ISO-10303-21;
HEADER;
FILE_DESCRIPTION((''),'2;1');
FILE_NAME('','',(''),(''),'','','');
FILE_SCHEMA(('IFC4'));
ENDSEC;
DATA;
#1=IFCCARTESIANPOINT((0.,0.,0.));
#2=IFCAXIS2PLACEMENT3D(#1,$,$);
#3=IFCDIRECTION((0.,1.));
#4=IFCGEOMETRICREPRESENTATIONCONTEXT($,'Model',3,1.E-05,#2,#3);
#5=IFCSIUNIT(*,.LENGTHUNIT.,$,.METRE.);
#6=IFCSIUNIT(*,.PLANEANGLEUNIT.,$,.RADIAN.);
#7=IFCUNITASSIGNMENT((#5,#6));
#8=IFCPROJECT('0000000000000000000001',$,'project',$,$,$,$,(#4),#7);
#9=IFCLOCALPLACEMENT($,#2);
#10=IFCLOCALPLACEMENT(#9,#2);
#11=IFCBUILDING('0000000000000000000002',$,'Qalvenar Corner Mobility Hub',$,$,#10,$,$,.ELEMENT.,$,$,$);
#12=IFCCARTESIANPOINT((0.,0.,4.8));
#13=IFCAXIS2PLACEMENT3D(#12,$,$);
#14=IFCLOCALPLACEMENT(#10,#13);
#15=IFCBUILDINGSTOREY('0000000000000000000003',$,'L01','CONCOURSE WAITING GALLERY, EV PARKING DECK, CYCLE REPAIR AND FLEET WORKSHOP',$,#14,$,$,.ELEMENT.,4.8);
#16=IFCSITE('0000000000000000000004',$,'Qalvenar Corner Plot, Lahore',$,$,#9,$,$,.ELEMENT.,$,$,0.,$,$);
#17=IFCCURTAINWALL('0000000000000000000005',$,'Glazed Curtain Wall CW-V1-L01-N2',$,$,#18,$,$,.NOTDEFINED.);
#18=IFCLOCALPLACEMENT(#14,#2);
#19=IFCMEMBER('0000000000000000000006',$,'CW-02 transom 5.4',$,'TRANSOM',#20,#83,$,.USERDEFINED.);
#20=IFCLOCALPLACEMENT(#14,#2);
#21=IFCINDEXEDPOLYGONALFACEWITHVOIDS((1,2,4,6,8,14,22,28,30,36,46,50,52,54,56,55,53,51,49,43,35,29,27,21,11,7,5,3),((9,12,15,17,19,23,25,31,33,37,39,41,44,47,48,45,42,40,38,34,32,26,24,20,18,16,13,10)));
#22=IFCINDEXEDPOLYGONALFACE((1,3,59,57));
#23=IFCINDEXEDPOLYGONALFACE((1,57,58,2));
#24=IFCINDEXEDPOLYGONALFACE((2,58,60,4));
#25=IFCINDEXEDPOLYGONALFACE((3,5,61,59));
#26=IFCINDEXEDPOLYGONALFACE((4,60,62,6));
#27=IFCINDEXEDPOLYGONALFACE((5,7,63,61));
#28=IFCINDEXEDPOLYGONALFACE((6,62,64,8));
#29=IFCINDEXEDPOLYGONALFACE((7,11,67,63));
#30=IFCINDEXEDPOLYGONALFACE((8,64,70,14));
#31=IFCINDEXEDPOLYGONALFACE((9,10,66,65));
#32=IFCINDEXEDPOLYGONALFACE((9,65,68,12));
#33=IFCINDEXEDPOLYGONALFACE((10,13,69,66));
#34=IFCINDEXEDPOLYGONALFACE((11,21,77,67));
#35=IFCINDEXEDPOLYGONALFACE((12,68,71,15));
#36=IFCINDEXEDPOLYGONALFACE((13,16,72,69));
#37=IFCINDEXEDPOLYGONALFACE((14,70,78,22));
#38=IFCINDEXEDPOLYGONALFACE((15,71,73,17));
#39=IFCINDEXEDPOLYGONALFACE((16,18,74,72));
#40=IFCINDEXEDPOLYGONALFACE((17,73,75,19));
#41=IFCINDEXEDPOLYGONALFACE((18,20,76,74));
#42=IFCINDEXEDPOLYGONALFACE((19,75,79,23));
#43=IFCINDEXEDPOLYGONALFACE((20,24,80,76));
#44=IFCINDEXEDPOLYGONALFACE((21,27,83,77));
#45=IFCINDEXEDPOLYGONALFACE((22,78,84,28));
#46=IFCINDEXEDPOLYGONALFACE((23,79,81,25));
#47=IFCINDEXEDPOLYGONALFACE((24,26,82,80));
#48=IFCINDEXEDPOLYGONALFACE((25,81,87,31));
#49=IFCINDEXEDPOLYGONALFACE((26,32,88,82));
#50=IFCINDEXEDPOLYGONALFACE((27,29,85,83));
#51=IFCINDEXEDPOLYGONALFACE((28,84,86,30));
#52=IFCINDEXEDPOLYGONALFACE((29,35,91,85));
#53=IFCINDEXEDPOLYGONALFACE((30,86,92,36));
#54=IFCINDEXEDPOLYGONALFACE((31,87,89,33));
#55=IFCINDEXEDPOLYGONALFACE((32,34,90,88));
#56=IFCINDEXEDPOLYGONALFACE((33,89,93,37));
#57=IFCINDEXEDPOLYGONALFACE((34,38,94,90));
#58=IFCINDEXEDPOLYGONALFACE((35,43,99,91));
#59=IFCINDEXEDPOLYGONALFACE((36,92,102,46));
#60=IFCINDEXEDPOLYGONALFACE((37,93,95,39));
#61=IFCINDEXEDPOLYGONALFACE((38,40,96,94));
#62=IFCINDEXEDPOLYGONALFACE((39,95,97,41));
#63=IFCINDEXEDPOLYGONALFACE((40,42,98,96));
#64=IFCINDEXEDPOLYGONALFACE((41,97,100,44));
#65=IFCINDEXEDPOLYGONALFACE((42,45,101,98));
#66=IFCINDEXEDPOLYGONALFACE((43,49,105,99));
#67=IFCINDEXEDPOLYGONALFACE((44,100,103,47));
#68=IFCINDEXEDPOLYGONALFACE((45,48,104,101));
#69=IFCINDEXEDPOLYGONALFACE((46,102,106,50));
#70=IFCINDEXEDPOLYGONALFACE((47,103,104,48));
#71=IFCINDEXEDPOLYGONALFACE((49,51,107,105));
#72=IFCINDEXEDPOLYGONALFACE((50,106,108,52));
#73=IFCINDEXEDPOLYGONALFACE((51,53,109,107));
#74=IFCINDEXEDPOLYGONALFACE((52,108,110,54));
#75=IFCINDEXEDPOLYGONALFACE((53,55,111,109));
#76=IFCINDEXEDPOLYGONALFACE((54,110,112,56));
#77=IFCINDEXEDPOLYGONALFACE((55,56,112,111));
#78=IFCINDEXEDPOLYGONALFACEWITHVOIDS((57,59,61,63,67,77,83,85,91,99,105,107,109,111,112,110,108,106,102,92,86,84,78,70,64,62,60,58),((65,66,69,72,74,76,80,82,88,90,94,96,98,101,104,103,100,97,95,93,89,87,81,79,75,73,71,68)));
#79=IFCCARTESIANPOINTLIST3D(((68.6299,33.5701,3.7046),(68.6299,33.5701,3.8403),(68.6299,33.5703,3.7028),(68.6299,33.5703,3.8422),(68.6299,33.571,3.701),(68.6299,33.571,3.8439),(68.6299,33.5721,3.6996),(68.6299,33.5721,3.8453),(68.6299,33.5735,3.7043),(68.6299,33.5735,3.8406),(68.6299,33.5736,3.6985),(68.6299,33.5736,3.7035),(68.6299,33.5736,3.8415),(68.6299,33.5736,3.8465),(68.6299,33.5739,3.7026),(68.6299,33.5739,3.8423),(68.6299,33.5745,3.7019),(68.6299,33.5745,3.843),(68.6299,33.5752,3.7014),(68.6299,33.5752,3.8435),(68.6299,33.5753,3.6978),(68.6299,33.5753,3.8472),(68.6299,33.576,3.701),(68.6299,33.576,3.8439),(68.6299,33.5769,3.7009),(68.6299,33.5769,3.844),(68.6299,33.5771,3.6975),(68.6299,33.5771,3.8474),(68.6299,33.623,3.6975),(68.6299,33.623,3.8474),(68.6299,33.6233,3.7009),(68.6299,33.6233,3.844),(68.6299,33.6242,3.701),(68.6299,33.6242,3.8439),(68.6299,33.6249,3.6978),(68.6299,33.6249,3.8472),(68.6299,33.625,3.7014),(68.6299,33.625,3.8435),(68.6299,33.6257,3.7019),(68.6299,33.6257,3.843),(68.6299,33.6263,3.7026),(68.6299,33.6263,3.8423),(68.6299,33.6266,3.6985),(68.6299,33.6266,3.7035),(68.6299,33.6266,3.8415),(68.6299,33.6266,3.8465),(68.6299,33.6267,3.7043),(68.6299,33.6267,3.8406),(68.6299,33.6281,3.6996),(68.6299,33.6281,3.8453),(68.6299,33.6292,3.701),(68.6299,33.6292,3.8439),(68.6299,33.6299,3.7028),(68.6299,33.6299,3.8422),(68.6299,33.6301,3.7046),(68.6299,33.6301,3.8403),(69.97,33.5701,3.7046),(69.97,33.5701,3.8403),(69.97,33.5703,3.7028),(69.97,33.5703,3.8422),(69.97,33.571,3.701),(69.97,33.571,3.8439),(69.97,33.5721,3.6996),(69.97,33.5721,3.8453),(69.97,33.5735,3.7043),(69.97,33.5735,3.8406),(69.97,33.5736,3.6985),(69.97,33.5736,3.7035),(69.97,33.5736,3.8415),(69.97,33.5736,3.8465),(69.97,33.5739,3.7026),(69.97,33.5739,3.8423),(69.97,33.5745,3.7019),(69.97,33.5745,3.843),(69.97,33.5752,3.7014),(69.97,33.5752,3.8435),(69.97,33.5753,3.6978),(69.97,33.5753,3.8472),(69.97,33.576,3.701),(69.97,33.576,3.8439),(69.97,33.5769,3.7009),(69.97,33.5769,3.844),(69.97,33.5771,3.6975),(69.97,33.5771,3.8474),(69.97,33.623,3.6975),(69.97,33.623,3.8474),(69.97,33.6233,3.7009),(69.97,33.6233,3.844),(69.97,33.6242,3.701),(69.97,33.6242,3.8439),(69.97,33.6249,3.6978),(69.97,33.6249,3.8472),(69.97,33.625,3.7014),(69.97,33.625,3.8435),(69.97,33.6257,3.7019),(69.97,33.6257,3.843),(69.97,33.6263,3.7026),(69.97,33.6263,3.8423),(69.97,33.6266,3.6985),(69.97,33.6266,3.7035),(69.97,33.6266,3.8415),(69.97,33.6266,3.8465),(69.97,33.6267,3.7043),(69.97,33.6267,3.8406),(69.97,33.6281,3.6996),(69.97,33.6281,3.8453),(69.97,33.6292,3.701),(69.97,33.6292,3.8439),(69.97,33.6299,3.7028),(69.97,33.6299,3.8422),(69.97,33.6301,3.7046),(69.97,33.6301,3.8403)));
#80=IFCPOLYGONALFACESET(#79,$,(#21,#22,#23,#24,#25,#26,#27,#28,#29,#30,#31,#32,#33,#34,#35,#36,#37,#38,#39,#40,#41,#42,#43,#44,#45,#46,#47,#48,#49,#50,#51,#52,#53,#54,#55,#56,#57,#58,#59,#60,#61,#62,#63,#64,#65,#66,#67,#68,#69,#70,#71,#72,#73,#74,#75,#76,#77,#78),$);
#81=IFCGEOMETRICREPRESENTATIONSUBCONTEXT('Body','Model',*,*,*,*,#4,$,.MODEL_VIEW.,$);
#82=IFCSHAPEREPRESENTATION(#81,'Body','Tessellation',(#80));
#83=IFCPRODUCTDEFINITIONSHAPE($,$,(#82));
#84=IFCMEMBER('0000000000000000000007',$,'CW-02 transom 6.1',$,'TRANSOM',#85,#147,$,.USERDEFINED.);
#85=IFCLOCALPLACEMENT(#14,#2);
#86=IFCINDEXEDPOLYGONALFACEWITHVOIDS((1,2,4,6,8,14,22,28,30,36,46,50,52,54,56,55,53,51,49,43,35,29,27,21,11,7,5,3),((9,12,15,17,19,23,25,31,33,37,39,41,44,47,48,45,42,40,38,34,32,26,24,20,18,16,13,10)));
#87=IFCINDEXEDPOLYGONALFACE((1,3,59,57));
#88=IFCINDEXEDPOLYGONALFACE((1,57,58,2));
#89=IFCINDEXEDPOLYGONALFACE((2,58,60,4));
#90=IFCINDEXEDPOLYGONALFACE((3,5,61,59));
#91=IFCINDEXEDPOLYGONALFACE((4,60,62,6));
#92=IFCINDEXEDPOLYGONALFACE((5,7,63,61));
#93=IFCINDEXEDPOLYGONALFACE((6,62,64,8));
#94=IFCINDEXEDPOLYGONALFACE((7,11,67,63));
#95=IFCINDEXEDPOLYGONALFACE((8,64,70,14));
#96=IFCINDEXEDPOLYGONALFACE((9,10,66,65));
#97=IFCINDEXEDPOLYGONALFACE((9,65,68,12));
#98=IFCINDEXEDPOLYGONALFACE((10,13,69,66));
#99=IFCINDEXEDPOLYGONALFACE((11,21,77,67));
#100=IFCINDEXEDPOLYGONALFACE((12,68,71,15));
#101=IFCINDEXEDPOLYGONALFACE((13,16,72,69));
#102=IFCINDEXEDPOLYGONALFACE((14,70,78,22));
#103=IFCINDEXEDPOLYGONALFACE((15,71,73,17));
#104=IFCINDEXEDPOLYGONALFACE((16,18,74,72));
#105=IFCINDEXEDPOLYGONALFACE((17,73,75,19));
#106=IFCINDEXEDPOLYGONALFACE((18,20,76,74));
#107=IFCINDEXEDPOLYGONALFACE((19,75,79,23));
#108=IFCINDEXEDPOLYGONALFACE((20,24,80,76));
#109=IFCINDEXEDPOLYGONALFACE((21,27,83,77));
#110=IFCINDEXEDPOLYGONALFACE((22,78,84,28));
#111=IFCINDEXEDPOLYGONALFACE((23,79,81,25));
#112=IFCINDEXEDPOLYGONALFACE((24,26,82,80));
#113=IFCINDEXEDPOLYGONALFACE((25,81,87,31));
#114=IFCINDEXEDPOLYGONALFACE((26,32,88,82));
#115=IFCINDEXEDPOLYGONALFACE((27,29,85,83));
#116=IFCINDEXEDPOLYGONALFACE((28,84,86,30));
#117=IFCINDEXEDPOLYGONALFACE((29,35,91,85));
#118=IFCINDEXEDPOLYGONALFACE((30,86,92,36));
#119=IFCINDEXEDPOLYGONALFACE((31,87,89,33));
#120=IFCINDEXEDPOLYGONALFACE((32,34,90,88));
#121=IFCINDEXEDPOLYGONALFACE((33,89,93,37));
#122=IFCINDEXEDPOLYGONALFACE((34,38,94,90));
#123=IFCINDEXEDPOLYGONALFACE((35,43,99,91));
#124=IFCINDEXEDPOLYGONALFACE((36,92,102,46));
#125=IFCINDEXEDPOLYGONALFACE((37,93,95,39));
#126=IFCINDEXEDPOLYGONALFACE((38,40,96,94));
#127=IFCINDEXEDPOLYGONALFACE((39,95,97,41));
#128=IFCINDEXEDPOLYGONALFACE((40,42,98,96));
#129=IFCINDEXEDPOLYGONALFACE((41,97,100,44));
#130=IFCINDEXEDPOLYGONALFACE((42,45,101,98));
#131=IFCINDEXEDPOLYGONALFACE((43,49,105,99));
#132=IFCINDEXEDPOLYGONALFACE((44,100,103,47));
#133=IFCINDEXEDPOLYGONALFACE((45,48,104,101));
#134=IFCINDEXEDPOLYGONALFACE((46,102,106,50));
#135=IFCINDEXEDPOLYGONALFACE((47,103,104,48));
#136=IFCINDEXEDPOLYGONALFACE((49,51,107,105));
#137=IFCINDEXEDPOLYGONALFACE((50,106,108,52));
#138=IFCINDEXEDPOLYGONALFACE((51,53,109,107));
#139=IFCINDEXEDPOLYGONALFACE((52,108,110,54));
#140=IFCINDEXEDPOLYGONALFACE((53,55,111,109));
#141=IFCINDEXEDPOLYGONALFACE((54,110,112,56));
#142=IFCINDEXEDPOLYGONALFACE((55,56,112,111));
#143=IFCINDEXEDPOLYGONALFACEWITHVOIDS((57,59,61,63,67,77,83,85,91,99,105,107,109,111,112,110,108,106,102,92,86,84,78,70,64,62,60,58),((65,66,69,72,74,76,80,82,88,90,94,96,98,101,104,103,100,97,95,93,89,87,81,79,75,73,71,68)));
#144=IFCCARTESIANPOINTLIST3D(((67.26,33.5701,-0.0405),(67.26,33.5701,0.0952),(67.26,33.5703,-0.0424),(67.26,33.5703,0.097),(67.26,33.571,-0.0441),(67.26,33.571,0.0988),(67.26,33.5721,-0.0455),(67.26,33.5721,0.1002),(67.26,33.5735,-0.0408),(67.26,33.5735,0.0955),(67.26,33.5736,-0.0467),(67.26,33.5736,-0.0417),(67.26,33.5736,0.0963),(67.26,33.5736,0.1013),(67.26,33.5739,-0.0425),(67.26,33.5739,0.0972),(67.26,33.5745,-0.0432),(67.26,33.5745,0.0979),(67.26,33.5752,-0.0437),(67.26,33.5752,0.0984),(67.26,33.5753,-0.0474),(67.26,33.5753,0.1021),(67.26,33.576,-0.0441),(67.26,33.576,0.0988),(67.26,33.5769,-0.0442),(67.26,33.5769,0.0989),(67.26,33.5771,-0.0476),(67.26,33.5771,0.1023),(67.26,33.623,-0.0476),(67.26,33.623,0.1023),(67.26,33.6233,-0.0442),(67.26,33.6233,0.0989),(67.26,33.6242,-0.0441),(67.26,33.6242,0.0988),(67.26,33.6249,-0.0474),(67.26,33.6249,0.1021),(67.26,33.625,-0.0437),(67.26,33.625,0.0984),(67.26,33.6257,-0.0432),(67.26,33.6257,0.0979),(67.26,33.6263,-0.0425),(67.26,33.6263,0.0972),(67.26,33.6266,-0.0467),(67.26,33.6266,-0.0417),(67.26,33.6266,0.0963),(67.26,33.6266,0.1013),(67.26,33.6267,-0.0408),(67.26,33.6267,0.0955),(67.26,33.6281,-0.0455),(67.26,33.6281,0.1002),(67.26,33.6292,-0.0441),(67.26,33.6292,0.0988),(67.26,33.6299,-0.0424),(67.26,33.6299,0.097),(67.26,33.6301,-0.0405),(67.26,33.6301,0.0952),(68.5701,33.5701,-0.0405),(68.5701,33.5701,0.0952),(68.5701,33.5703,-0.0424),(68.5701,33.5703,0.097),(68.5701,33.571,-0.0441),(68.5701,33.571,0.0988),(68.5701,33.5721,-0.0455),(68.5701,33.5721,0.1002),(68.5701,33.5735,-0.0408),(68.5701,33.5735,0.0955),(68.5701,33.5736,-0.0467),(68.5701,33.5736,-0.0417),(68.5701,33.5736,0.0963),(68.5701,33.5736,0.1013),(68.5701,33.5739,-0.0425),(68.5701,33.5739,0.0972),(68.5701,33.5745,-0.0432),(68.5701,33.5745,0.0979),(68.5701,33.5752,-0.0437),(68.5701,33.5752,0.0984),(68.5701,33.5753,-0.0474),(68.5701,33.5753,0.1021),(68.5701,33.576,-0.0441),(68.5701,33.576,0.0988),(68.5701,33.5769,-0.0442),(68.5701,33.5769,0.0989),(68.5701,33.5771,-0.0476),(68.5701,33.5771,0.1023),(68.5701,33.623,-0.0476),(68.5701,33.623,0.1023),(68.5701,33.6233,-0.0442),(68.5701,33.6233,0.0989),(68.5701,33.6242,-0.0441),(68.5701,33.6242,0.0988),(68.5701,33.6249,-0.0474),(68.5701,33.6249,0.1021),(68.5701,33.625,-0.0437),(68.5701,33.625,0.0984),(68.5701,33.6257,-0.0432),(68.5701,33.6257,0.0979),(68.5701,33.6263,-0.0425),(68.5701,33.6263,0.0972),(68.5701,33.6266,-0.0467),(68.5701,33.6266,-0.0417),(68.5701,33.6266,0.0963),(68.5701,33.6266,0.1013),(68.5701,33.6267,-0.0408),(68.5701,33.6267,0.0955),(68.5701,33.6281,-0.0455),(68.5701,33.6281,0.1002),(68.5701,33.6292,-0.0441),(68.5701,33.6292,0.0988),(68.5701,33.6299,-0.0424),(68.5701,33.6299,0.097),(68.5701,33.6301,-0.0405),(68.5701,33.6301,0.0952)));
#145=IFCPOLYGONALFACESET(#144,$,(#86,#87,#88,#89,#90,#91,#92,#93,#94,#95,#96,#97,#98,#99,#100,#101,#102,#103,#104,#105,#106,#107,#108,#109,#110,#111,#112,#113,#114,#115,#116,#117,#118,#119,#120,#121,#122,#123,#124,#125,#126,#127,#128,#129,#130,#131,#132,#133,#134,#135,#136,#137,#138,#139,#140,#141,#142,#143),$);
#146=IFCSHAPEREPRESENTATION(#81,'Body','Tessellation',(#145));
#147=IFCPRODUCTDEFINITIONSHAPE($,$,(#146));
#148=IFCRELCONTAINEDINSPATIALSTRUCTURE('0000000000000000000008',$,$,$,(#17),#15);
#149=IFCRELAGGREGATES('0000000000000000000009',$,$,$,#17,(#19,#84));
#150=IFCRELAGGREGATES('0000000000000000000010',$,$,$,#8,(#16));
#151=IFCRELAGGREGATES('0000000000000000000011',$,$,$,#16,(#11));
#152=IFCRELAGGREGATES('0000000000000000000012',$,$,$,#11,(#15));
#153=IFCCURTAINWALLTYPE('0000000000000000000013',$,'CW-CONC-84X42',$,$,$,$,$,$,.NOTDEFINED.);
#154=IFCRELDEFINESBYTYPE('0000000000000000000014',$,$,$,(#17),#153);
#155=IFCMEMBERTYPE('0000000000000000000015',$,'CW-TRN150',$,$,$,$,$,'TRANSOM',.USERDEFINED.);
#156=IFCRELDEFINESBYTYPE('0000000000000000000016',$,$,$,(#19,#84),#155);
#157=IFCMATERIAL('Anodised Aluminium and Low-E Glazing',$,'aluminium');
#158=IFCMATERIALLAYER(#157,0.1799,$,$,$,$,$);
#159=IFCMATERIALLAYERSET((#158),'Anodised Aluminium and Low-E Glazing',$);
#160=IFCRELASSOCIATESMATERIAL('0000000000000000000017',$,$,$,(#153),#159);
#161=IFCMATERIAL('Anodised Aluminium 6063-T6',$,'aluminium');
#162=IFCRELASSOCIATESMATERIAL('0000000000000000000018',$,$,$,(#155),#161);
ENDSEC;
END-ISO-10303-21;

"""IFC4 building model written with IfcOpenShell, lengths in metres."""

from ifc_helpers import new_model, si_unit, direction, frame, origin, origin_2d, place, context, subcontext, project, spatial, hollow_rectangle, extrude, material, layer, layer_set, material_profile, profile_set, type_object, element, aggregate, save


model = new_model("IFC4")

# Units and contexts
model_context = context("Model", 3, precision=1e-05, world=origin(), true_north=direction((0.0, 1.0)))
body_context = subcontext(model_context, "Body", "Model", "MODEL_VIEW")
ifc_project = project(units=[si_unit("LENGTHUNIT", "METRE"), si_unit("PLANEANGLEUNIT", "RADIAN")], contexts=[model_context])

# Site, building, storey
site_placement = place(None, origin())
site = spatial("IfcSite", under=ifc_project, at=site_placement, Name="Qalvenar Corner Plot, Lahore", CompositionType="ELEMENT", RefElevation=0.0)
building_placement = place(site_placement, origin())
building = spatial("IfcBuilding", under=site, at=building_placement, Name="Qalvenar Corner Mobility Hub", CompositionType="ELEMENT")
storey_placement = place(building_placement, frame((0.0, 0.0, 4.8)))
storey = spatial("IfcBuildingStorey", under=building, at=storey_placement, Name="L01", Description="CONCOURSE WAITING GALLERY, EV PARKING DECK, CYCLE REPAIR AND FLEET WORKSHOP", CompositionType="ELEMENT", Elevation=4.8)

# Shared definitions
ifc_material_1 = material(Name="Anodised Aluminium and Low-E Glazing", Category="aluminium")
ifc_layer_1 = layer(ifc_material_1, 0.1799)
ifc_layer_set_1 = layer_set([ifc_layer_1], Name="Anodised Aluminium and Low-E Glazing")
curtain_wall_type = type_object("IfcCurtainWallType", Name="CW-CONC-84X42", PredefinedType="NOTDEFINED", material=ifc_layer_set_1)
ifc_material_2 = material(Name="Anodised Aluminium 6063-T6", Category="aluminium")

# Curtain wall
curtain_wall_1_placement = place(storey_placement, origin())
curtain_wall_1 = element("IfcCurtainWall", 1, at=curtain_wall_1_placement, inside=storey, type_object=curtain_wall_type, Name="Glazed Curtain Wall CW-V1-L01-N2", PredefinedType="NOTDEFINED")

# Members
ifc_material_profile_1 = material_profile(ifc_material_2, hollow_rectangle(XDim=0.0601, YDim=0.1499, WallThickness=0.0034, InnerFilletRadius=0.0034, OuterFilletRadius=0.0071, at=origin_2d()), Name="RHS150x60x3.5")
ifc_profile_set_1 = profile_set([ifc_material_profile_1], Name="Anodised Aluminium 6063-T6")
member_type_1 = type_object("IfcMemberType", Name="CW-TRN150", ElementType="TRANSOM", PredefinedType="USERDEFINED", material=ifc_profile_set_1)
member_1_placement = place(storey_placement, frame((69.97, 33.6001, 3.7725), z_axis=(-1.0, 0.0, 0.0), x_axis=(0.0, -1.0, 0.0)))
member_1 = element("IfcMember", 2, at=member_1_placement, type_object=member_type_1, Name="CW-02 transom 5.4", ObjectType="TRANSOM", PredefinedType="USERDEFINED", context=body_context, shape_type="SweptSolid", body=[
    extrude(hollow_rectangle(XDim=0.0601, YDim=0.1499, WallThickness=0.0034, InnerFilletRadius=0.0034, OuterFilletRadius=0.0071, at=origin_2d()), origin(), (0.0, 0.0, 1.0), 1.3401),
])
member_2_placement = place(storey_placement, frame((68.5701, 33.6001, 0.0273), z_axis=(-1.0, 0.0, 0.0), x_axis=(0.0, -1.0, 0.0)))
member_2 = element("IfcMember", 3, at=member_2_placement, type_object=member_type_1, Name="CW-02 transom 6.1", ObjectType="TRANSOM", PredefinedType="USERDEFINED", context=body_context, shape_type="SweptSolid", body=[
    extrude(hollow_rectangle(XDim=0.0601, YDim=0.1499, WallThickness=0.0034, InnerFilletRadius=0.0034, OuterFilletRadius=0.0071, at=origin_2d()), origin(), (0.0, 0.0, 1.0), 1.3101),
])

aggregate(curtain_wall_1, [member_1, member_2])

save(model, "model.ifc")
